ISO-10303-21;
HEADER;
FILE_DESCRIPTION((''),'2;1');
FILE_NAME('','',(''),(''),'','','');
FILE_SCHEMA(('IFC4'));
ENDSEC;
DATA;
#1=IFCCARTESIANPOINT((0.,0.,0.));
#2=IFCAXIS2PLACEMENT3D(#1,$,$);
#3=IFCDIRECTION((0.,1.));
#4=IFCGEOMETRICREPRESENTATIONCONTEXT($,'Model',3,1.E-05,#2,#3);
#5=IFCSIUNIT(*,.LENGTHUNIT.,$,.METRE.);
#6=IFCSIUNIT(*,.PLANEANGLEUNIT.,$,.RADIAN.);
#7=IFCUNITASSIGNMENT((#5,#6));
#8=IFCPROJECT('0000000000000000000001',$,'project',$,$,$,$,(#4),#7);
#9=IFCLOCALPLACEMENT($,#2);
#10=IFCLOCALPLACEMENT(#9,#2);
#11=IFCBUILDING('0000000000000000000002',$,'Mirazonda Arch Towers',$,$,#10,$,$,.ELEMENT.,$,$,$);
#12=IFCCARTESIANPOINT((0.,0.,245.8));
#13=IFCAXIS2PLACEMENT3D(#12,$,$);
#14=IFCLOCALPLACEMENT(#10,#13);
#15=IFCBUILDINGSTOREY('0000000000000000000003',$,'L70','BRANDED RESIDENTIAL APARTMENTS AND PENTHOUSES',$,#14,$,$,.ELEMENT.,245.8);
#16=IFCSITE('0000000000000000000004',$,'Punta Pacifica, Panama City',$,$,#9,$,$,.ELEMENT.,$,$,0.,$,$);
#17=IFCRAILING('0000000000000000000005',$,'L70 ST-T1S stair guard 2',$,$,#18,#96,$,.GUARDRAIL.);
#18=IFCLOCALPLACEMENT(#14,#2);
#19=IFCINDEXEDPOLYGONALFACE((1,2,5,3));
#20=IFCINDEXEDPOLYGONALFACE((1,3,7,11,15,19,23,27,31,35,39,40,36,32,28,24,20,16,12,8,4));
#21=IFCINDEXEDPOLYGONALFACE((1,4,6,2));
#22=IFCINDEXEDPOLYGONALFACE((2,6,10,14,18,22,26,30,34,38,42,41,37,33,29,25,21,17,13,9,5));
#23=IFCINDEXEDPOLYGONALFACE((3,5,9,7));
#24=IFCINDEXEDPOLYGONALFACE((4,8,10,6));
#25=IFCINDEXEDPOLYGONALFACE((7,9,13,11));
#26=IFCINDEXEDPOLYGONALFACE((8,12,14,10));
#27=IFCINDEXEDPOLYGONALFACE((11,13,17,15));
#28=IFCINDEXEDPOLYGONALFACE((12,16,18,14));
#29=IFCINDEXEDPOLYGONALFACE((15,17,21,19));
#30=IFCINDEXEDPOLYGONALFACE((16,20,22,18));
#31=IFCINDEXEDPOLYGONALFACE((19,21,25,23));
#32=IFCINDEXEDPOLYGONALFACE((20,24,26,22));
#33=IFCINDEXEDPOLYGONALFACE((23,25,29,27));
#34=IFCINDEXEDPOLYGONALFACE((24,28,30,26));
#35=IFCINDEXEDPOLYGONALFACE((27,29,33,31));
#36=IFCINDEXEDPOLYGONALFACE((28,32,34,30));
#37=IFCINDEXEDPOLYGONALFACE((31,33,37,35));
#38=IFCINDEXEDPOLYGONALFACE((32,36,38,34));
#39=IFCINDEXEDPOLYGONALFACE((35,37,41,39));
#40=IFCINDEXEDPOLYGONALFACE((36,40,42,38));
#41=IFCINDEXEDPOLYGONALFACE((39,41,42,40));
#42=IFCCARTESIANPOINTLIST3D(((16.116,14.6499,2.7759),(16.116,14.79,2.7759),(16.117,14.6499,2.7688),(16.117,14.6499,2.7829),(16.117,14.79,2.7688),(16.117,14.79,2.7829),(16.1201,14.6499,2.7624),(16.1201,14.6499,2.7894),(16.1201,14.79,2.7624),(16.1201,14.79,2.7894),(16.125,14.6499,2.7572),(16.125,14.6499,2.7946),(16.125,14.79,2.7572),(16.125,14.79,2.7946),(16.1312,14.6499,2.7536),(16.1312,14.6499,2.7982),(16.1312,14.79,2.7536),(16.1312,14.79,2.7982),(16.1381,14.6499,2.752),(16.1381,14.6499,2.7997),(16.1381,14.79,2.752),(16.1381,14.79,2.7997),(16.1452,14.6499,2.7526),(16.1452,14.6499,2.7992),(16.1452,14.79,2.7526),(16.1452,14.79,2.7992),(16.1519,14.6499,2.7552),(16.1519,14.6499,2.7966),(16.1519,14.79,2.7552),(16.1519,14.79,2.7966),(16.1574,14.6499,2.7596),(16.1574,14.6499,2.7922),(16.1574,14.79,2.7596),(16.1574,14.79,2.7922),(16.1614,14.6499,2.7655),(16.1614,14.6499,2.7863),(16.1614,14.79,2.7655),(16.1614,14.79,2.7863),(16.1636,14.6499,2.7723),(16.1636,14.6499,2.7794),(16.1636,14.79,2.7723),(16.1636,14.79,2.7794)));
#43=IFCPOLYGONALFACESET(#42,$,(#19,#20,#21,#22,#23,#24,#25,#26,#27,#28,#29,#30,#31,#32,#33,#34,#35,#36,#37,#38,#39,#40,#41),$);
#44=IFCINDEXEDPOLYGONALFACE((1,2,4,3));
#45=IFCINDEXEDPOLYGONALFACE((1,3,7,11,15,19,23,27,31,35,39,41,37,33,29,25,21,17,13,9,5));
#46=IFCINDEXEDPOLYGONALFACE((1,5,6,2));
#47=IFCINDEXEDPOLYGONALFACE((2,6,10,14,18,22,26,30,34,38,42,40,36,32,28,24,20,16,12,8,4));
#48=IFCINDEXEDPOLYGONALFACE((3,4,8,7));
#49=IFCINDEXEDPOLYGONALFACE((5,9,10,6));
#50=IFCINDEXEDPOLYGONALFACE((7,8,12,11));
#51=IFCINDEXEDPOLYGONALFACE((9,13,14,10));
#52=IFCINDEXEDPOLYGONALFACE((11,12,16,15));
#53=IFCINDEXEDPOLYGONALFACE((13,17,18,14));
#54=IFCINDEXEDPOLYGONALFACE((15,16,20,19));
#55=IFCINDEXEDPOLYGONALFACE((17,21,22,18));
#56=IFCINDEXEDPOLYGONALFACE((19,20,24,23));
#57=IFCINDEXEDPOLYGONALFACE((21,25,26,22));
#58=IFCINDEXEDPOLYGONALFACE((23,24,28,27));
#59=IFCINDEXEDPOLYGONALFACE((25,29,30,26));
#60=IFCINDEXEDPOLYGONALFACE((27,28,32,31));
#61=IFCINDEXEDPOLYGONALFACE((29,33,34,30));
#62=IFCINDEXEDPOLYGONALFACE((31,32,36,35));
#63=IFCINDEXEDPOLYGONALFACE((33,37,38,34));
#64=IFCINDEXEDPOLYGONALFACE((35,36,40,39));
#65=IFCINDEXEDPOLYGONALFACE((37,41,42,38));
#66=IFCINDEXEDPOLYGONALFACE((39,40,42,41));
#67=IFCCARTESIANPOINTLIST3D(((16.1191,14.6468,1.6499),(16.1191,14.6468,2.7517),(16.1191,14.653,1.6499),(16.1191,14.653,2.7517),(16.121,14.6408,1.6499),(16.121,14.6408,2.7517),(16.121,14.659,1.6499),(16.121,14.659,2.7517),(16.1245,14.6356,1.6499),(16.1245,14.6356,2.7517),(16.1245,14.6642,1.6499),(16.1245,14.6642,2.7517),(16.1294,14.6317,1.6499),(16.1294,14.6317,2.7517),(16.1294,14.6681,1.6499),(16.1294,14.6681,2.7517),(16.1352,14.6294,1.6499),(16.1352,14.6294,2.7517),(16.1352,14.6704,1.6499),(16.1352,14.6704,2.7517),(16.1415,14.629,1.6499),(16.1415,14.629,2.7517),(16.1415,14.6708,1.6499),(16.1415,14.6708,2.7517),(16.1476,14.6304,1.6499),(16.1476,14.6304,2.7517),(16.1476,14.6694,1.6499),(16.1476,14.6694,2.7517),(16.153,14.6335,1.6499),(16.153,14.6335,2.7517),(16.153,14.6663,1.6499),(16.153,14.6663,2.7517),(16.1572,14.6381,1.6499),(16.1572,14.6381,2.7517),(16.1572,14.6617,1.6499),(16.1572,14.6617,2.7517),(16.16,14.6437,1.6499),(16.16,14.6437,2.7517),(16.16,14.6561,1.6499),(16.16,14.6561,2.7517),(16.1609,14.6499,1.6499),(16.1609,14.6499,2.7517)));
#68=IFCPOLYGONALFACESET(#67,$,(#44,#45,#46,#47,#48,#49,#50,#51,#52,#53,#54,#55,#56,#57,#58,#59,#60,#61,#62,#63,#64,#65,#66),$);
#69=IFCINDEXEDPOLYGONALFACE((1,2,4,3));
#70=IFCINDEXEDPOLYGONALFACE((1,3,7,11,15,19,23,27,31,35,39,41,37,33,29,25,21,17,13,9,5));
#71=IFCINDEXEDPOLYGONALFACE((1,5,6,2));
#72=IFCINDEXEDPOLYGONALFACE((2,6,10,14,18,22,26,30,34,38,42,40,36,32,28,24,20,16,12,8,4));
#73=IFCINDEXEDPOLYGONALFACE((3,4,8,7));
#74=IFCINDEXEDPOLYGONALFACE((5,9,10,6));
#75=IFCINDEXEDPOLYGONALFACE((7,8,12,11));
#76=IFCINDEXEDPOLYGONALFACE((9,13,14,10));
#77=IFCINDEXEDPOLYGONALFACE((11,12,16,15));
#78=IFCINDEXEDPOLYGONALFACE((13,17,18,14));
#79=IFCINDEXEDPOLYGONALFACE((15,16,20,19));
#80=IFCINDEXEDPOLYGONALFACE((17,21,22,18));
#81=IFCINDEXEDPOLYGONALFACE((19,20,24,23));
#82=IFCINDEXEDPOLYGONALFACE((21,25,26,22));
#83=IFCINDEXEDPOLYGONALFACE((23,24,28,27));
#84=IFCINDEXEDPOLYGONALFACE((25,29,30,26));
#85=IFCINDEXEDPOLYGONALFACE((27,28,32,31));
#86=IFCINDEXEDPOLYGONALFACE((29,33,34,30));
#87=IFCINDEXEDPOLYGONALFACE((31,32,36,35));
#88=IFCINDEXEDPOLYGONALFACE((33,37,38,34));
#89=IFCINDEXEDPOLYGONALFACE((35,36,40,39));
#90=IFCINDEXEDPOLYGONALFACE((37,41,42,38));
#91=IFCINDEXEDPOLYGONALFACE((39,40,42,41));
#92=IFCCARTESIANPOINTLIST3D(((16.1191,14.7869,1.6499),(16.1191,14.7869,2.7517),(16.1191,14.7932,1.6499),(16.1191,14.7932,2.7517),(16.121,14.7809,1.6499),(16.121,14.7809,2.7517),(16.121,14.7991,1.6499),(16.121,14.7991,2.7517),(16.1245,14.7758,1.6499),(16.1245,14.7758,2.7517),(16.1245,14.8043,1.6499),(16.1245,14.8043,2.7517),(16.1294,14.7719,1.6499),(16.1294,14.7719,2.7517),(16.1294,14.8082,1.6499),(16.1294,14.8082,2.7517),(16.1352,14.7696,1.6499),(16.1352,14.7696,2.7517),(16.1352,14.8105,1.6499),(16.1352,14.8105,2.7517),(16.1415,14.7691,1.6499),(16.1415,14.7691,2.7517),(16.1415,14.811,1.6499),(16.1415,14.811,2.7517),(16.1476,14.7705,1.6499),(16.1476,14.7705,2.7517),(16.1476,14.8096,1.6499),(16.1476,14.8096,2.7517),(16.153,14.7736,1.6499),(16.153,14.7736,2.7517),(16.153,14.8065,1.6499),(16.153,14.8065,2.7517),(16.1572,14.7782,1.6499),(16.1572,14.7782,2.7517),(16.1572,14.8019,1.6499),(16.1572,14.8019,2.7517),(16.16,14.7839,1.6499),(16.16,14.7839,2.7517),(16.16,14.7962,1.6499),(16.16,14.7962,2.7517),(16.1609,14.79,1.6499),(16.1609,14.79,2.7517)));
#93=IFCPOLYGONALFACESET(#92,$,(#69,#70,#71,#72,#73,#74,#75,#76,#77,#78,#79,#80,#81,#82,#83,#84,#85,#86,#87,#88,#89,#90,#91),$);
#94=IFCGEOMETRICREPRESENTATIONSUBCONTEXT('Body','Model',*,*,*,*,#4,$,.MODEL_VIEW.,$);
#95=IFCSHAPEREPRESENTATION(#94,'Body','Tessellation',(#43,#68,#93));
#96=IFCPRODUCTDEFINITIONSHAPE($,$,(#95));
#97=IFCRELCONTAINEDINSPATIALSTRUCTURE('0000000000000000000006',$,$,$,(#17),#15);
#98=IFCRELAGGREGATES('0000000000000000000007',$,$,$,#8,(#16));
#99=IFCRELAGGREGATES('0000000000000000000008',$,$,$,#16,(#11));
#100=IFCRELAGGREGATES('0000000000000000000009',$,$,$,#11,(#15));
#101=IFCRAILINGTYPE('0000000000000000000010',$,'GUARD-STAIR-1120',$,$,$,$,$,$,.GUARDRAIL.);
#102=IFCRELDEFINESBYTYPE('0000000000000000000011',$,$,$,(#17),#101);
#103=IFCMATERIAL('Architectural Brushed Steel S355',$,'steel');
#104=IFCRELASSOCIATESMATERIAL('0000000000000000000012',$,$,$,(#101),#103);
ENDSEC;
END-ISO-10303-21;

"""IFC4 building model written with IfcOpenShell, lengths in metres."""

from ifc_helpers import new_model, si_unit, direction, frame, origin, origin_2d, place, context, subcontext, project, spatial, circle, extrude, material, type_object, element, save


model = new_model("IFC4")

# Units and contexts
model_context = context("Model", 3, precision=1e-05, world=origin(), true_north=direction((0.0, 1.0)))
body_context = subcontext(model_context, "Body", "Model", "MODEL_VIEW")
ifc_project = project(units=[si_unit("LENGTHUNIT", "METRE"), si_unit("PLANEANGLEUNIT", "RADIAN")], contexts=[model_context])

# Site, building, storey
site_placement = place(None, origin())
site = spatial("IfcSite", under=ifc_project, at=site_placement, Name="Punta Pacifica, Panama City", CompositionType="ELEMENT", RefElevation=0.0)
building_placement = place(site_placement, origin())
building = spatial("IfcBuilding", under=site, at=building_placement, Name="Mirazonda Arch Towers", CompositionType="ELEMENT")
storey_placement = place(building_placement, frame((0.0, 0.0, 245.8)))
storey = spatial("IfcBuildingStorey", under=building, at=storey_placement, Name="L70", Description="BRANDED RESIDENTIAL APARTMENTS AND PENTHOUSES", CompositionType="ELEMENT", Elevation=245.8)

# Railing
ifc_material_1 = material(Name="Architectural Brushed Steel S355", Category="steel")
railing_type_1 = type_object("IfcRailingType", Name="GUARD-STAIR-1120", PredefinedType="GUARDRAIL", material=ifc_material_1)
railing_1_placement = place(storey_placement, frame((16.1399, 14.6499, 1.6499)))
element("IfcRailing", 1, at=railing_1_placement, inside=storey, type_object=railing_type_1, Name="L70 ST-T1S stair guard 2", PredefinedType="GUARDRAIL", context=body_context, shape_type="SweptSolid", body=[
    extrude(circle(Radius=0.0239, at=origin_2d()), frame((0.0, 0.0, 1.126), z_axis=(0.0, 1.0, 0.0), x_axis=(-1.0, 0.0, 0.0)), (0.0, 0.0, 1.0), 0.1401),
    extrude(circle(Radius=0.021, at=origin_2d()), origin(), (0.0, 0.0, 1.0), 1.1018),
    extrude(circle(Radius=0.021, at=origin_2d()), frame((0.0, 0.1401, 0.0)), (0.0, 0.0, 1.0), 1.1018),
])

save(model, "model.ifc")
